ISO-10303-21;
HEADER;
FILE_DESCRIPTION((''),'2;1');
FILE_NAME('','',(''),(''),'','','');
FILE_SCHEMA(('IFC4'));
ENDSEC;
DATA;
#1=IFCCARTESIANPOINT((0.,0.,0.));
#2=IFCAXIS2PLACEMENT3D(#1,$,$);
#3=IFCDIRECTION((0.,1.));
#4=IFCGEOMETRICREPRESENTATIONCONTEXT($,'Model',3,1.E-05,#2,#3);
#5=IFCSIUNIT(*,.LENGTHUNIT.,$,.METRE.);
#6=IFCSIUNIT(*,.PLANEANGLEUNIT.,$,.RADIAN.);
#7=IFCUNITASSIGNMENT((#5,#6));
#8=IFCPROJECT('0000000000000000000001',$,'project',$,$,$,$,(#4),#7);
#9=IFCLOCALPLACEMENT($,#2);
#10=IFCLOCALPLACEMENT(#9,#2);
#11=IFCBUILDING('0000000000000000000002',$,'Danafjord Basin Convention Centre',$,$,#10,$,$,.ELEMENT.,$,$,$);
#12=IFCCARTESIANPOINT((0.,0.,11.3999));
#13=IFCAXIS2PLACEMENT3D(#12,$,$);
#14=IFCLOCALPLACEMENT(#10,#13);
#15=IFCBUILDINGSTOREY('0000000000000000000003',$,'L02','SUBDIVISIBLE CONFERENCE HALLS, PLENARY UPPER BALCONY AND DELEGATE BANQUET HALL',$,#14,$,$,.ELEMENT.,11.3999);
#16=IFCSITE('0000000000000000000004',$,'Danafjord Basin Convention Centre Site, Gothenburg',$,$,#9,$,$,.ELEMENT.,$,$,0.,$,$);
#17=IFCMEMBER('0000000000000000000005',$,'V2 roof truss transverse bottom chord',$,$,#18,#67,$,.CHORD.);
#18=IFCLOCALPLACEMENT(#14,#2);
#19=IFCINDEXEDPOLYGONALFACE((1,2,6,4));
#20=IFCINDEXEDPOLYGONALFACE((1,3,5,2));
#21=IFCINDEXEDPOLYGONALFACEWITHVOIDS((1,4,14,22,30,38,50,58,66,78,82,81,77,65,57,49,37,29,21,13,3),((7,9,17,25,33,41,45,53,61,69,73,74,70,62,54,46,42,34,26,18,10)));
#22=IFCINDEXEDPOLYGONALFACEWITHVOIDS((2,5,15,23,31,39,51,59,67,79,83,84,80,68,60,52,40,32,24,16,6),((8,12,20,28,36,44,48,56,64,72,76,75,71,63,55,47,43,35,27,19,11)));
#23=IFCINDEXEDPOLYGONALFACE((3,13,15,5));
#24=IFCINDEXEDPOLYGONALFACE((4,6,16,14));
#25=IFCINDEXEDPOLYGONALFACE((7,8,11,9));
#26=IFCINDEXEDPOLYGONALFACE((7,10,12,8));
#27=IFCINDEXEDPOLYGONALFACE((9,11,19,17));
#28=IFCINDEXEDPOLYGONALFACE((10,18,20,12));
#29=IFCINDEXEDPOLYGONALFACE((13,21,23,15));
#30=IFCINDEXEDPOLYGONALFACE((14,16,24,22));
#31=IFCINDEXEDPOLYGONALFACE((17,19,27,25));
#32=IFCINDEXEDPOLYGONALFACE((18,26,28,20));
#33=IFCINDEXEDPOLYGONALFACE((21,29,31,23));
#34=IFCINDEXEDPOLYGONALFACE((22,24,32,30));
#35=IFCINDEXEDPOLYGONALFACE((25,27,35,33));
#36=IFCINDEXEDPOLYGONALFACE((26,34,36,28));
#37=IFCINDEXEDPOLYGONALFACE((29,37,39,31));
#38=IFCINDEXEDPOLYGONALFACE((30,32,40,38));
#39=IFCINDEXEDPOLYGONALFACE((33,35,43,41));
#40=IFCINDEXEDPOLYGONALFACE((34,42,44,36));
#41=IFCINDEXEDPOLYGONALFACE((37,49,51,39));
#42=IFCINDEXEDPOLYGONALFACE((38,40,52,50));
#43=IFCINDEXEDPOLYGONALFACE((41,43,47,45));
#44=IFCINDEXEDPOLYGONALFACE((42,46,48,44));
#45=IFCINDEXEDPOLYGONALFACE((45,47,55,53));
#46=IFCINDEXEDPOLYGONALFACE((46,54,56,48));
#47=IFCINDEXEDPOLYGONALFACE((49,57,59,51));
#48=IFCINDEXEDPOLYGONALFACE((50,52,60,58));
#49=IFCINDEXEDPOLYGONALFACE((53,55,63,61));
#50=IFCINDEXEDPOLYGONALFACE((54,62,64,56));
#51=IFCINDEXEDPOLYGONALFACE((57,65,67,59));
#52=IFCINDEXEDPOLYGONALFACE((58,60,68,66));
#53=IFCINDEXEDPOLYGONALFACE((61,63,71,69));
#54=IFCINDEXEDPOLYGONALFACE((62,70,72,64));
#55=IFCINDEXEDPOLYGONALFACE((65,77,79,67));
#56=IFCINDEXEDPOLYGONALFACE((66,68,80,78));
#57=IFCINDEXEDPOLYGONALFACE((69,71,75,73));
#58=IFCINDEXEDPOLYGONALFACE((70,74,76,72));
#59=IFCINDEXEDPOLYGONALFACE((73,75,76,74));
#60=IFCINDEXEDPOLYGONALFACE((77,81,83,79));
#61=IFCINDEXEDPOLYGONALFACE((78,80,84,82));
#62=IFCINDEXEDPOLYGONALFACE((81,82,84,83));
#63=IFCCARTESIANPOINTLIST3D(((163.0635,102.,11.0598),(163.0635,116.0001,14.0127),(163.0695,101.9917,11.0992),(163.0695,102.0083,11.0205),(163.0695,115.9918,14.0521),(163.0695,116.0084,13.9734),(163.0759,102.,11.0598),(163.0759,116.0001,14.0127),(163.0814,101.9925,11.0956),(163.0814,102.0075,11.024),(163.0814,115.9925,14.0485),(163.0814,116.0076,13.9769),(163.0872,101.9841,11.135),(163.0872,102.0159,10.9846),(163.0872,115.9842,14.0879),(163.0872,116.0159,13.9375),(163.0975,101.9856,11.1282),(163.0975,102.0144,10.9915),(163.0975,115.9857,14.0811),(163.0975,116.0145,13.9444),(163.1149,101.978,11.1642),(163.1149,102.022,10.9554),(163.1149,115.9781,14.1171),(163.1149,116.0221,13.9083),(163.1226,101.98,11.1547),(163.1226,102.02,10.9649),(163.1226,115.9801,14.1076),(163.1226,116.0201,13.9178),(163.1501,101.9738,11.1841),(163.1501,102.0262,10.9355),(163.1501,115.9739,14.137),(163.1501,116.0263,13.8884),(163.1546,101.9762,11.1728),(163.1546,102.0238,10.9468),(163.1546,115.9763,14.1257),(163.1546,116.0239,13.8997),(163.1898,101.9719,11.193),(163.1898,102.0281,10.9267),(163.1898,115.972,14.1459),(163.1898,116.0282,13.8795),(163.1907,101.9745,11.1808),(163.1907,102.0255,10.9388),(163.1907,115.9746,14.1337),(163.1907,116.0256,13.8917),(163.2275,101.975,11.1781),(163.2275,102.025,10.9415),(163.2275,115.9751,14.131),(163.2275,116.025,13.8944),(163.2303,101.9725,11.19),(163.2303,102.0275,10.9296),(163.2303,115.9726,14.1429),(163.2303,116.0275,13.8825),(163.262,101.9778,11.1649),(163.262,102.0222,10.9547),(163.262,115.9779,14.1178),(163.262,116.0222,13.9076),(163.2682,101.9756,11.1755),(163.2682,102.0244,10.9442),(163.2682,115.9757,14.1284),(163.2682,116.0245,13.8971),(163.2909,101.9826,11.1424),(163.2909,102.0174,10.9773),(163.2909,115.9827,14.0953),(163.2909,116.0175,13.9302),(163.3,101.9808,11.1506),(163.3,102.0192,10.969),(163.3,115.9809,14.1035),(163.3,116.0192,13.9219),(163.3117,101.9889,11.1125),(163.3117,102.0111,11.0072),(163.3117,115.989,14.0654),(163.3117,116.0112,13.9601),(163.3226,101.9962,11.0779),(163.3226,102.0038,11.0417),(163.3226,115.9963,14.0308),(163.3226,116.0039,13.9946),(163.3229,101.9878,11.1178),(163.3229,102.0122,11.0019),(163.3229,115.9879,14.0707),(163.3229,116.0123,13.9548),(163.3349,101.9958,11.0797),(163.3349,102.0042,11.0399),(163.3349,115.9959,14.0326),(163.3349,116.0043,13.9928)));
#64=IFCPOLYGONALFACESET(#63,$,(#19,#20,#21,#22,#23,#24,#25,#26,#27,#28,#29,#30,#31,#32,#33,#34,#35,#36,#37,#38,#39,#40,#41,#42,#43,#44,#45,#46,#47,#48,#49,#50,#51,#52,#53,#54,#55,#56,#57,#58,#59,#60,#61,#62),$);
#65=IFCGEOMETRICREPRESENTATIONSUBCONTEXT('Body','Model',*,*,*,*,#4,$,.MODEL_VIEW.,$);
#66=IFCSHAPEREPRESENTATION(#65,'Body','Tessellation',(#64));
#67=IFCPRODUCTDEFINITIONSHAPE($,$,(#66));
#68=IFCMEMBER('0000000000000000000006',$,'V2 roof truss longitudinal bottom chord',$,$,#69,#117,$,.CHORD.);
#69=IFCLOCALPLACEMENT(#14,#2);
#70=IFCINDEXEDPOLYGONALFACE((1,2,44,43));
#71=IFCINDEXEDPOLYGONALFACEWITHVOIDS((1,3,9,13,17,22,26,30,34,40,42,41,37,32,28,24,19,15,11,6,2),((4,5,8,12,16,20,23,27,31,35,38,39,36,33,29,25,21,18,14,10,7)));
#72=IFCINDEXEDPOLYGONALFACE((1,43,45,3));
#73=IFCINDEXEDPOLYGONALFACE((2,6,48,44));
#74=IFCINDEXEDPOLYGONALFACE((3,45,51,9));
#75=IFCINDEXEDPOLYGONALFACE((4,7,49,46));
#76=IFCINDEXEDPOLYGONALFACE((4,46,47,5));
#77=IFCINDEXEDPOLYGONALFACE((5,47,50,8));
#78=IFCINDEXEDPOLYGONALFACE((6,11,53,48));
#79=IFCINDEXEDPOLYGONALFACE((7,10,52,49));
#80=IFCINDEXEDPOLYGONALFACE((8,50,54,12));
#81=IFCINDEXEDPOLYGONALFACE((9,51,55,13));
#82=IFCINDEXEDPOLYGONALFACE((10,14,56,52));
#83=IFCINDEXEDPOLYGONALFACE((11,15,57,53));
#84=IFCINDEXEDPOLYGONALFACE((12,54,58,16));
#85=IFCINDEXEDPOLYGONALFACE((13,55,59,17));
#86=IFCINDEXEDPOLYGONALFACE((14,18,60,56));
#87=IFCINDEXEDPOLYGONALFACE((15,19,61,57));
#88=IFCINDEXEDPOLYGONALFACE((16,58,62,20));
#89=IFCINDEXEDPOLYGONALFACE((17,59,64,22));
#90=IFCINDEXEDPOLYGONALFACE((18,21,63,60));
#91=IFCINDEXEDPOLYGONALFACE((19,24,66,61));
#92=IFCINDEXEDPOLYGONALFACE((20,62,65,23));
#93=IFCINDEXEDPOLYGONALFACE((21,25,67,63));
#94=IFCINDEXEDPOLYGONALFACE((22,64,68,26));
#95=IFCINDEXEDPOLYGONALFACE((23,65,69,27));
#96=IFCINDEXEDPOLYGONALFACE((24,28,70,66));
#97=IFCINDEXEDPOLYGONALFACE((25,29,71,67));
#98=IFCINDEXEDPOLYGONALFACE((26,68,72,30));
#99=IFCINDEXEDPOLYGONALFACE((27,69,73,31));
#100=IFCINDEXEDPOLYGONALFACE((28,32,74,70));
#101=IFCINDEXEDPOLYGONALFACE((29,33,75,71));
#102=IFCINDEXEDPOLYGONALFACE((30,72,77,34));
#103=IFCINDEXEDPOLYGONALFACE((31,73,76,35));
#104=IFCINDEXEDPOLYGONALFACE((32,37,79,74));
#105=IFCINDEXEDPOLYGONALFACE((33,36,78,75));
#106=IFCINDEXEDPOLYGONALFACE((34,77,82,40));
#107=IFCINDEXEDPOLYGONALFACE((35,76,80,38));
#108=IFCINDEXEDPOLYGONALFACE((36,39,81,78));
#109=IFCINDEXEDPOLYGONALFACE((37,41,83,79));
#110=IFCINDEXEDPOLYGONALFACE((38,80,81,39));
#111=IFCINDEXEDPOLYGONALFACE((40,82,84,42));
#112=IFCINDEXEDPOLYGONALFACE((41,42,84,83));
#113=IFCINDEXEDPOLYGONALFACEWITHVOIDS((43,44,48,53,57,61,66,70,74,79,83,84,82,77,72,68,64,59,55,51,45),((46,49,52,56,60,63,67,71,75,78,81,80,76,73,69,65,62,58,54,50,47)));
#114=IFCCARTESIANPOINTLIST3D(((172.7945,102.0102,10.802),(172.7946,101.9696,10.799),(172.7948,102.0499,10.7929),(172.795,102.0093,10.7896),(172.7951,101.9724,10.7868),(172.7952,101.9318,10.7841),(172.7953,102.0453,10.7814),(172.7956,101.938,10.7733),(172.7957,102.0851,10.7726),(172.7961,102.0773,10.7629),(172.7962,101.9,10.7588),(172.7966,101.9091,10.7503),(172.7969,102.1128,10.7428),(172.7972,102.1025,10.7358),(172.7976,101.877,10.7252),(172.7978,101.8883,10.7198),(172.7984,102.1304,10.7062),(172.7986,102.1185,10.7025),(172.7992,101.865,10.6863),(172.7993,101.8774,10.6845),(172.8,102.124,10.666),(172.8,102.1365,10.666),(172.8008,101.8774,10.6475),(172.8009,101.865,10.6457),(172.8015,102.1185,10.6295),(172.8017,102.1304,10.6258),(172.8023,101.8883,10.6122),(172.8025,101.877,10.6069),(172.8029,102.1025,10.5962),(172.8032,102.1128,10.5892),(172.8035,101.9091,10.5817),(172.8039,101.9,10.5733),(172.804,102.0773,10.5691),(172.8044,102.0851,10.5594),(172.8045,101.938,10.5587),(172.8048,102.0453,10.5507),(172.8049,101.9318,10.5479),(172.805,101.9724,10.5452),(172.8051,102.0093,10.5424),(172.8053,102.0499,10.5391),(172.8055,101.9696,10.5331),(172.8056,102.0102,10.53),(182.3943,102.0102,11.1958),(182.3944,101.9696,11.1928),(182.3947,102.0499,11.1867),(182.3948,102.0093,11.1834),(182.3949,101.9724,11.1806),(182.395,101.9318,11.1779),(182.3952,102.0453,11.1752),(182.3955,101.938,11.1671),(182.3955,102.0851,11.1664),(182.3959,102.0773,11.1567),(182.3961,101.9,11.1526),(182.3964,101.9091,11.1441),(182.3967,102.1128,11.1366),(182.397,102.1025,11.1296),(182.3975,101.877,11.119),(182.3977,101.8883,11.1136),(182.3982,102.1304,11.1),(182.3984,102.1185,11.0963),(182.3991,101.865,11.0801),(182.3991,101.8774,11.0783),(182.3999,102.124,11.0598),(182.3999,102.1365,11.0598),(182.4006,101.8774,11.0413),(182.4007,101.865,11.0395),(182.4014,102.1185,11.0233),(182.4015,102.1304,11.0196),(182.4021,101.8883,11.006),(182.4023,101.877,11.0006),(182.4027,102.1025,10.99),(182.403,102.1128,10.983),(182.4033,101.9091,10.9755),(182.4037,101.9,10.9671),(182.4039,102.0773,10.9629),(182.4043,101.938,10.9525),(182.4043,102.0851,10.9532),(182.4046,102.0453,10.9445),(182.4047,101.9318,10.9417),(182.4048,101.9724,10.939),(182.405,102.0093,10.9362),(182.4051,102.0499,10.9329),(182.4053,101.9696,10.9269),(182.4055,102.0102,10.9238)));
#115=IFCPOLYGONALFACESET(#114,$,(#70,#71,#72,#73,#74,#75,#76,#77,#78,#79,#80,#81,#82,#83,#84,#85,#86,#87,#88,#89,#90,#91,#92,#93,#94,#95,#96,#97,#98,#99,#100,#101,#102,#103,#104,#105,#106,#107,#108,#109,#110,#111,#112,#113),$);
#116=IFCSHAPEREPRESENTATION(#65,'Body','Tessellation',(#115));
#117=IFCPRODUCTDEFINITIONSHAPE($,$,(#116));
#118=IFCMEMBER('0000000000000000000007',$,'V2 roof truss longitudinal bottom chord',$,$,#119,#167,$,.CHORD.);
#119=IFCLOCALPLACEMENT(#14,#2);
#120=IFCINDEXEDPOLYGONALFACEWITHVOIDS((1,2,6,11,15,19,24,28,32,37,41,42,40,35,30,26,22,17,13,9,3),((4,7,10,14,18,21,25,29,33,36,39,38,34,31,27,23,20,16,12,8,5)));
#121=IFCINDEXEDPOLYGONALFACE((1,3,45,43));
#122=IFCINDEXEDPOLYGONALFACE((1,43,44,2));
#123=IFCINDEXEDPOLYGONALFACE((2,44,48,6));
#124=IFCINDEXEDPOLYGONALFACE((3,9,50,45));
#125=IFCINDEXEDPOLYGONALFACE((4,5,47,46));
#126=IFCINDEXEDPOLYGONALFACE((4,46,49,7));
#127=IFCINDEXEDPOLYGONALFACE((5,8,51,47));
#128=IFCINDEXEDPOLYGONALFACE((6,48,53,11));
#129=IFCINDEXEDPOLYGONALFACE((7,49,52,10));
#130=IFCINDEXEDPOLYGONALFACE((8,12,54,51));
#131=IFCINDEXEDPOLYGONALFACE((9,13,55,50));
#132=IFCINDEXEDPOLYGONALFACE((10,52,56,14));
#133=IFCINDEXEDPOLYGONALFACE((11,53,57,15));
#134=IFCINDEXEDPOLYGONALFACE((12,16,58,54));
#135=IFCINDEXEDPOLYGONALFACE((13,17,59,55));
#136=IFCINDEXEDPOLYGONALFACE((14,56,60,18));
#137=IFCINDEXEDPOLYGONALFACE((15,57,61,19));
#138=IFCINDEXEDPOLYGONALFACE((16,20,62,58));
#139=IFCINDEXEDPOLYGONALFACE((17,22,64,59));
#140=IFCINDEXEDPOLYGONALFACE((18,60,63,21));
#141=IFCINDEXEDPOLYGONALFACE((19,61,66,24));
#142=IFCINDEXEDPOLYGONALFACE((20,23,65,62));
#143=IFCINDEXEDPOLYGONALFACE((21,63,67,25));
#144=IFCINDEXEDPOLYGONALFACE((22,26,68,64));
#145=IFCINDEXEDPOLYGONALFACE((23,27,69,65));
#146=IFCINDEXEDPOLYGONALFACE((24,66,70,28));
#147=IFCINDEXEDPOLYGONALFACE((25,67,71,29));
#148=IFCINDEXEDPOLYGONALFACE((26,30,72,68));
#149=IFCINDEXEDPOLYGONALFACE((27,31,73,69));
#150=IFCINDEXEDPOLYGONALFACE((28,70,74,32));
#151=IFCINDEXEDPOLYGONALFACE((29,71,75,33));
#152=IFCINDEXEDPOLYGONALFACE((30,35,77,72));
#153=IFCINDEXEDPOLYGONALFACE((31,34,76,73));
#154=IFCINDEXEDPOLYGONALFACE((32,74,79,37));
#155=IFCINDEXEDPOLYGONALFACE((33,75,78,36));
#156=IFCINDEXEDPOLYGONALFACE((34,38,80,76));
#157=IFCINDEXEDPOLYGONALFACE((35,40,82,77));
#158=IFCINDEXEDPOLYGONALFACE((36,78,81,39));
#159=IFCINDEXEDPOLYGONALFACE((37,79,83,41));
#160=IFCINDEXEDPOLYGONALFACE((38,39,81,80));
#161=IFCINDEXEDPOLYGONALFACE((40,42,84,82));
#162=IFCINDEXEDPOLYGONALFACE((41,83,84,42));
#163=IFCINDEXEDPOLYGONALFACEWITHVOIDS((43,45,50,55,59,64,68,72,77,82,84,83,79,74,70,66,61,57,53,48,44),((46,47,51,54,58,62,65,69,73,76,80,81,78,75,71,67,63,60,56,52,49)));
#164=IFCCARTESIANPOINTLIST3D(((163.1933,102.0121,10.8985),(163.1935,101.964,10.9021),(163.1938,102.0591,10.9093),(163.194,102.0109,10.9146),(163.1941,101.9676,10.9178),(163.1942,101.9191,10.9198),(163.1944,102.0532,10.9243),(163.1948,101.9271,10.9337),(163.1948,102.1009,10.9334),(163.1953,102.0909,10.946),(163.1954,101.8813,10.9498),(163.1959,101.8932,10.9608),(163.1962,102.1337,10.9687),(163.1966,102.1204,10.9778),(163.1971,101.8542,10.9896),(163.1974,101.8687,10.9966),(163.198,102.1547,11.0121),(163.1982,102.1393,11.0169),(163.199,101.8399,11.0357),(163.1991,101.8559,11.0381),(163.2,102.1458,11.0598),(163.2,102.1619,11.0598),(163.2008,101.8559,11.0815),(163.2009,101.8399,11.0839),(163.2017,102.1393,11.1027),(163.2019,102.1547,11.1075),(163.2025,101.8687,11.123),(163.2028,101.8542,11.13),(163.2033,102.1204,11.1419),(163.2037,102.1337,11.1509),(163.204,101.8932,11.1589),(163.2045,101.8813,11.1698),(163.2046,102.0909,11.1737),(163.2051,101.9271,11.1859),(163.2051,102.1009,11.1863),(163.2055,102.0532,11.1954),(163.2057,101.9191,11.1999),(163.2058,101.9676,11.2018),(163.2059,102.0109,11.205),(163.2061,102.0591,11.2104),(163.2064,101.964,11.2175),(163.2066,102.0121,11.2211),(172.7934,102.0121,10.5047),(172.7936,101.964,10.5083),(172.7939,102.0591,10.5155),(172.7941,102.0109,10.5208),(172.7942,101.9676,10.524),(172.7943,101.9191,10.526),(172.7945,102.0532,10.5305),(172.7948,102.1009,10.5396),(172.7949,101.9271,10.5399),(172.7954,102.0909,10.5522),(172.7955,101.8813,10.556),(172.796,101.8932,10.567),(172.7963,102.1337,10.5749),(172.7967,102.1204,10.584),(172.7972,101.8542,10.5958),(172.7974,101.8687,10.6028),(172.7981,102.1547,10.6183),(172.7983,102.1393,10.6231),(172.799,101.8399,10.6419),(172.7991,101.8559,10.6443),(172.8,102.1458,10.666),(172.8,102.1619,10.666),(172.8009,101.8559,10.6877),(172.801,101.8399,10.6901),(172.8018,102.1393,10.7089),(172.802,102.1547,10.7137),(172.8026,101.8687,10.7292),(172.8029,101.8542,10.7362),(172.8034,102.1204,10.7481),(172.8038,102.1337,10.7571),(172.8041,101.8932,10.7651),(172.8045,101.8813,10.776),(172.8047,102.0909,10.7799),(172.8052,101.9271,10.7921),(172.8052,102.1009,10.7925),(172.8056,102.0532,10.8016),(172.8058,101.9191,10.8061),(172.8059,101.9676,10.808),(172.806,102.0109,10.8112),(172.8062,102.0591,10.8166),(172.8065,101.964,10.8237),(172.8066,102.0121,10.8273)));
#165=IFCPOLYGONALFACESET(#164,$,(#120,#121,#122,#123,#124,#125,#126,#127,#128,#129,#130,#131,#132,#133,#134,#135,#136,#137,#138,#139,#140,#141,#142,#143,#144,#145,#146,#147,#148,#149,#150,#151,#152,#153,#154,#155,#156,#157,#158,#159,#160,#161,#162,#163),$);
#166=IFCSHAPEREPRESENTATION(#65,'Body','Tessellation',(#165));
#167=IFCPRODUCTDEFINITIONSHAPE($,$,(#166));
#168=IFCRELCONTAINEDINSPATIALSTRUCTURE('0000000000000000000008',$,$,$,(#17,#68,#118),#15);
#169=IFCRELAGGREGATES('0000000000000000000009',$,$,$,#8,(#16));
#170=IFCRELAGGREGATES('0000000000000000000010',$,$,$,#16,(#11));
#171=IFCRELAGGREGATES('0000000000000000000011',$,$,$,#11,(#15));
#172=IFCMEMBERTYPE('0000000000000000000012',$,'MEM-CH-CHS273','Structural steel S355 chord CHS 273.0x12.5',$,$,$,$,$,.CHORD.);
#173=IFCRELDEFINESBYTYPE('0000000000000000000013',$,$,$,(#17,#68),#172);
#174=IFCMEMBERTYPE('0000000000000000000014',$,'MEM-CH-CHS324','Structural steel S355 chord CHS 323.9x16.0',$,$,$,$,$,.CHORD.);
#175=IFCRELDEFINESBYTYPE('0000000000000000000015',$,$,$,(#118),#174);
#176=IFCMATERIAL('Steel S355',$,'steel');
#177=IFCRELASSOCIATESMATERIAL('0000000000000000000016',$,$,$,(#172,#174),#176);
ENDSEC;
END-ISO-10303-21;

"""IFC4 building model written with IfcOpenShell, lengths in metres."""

from ifc_helpers import new_model, si_unit, direction, frame, origin, origin_2d, place, context, subcontext, project, spatial, hollow_circle, extrude, material, material_profile, profile_set, type_object, element, save


model = new_model("IFC4")

# Units and contexts
model_context = context("Model", 3, precision=1e-05, world=origin(), true_north=direction((0.0, 1.0)))
body_context = subcontext(model_context, "Body", "Model", "MODEL_VIEW")
ifc_project = project(units=[si_unit("LENGTHUNIT", "METRE"), si_unit("PLANEANGLEUNIT", "RADIAN")], contexts=[model_context])

# Site, building, storey
site_placement = place(None, origin())
site = spatial("IfcSite", under=ifc_project, at=site_placement, Name="Danafjord Basin Convention Centre Site, Gothenburg", CompositionType="ELEMENT", RefElevation=0.0)
building_placement = place(site_placement, origin())
building = spatial("IfcBuilding", under=site, at=building_placement, Name="Danafjord Basin Convention Centre", CompositionType="ELEMENT")
storey_placement = place(building_placement, frame((0.0, 0.0, 11.3999)))
storey = spatial("IfcBuildingStorey", under=building, at=storey_placement, Name="L02", Description="SUBDIVISIBLE CONFERENCE HALLS, PLENARY UPPER BALCONY AND DELEGATE BANQUET HALL", CompositionType="ELEMENT", Elevation=11.3999)

# Shared definitions
ifc_material = material(Name="Steel S355", Category="steel")

# Members
ifc_material_profile_1 = material_profile(ifc_material, hollow_circle(Radius=0.1365, WallThickness=0.0125, at=origin_2d()), Name="CHS 273.0x12.5")
ifc_profile_set_1 = profile_set([ifc_material_profile_1], Name="Steel S355")
member_type_1 = type_object("IfcMemberType", Name="MEM-CH-CHS273", Description="Structural steel S355 chord CHS 273.0x12.5", PredefinedType="CHORD", material=ifc_profile_set_1)
member_1_placement = place(storey_placement, frame((163.2, 102.0, 11.0598), z_axis=(0.0, 0.978472, 0.206379), x_axis=(-1.0, 0.0, 0.0)))
element("IfcMember", 1, at=member_1_placement, inside=storey, type_object=member_type_1, Name="V2 roof truss transverse bottom chord", PredefinedType="CHORD", context=body_context, shape_type="SweptSolid", body=[
    extrude(hollow_circle(Radius=0.1365, WallThickness=0.0125, at=origin_2d()), origin(), (0.0, 0.0, 1.0), 14.3081),
])
member_2_placement = place(storey_placement, frame((172.8, 102.0, 10.666), z_axis=(0.99916, 0.0, 0.040987), x_axis=(0.0, 1.0, 0.0)))
element("IfcMember", 2, at=member_2_placement, inside=storey, type_object=member_type_1, Name="V2 roof truss longitudinal bottom chord", PredefinedType="CHORD", context=body_context, shape_type="SweptSolid", body=[
    extrude(hollow_circle(Radius=0.1365, WallThickness=0.0125, at=origin_2d()), origin(), (0.0, 0.0, 1.0), 9.6079),
])
ifc_material_profile_2 = material_profile(ifc_material, hollow_circle(Radius=0.1619, WallThickness=0.0161, at=origin_2d()), Name="CHS 323.9x16.0")
ifc_profile_set_2 = profile_set([ifc_material_profile_2], Name="Steel S355")
member_type_2 = type_object("IfcMemberType", Name="MEM-CH-CHS324", Description="Structural steel S355 chord CHS 323.9x16.0", PredefinedType="CHORD", material=ifc_profile_set_2)
member_3_placement = place(storey_placement, frame((163.2, 102.0, 11.0598), z_axis=(0.99916, 0.0, -0.040986), x_axis=(0.0, 1.0, 0.0)))
element("IfcMember", 3, at=member_3_placement, inside=storey, type_object=member_type_2, Name="V2 roof truss longitudinal bottom chord", PredefinedType="CHORD", context=body_context, shape_type="SweptSolid", body=[
    extrude(hollow_circle(Radius=0.1619, WallThickness=0.0161, at=origin_2d()), origin(), (0.0, 0.0, 1.0), 9.6082),
])

save(model, "model.ifc")
